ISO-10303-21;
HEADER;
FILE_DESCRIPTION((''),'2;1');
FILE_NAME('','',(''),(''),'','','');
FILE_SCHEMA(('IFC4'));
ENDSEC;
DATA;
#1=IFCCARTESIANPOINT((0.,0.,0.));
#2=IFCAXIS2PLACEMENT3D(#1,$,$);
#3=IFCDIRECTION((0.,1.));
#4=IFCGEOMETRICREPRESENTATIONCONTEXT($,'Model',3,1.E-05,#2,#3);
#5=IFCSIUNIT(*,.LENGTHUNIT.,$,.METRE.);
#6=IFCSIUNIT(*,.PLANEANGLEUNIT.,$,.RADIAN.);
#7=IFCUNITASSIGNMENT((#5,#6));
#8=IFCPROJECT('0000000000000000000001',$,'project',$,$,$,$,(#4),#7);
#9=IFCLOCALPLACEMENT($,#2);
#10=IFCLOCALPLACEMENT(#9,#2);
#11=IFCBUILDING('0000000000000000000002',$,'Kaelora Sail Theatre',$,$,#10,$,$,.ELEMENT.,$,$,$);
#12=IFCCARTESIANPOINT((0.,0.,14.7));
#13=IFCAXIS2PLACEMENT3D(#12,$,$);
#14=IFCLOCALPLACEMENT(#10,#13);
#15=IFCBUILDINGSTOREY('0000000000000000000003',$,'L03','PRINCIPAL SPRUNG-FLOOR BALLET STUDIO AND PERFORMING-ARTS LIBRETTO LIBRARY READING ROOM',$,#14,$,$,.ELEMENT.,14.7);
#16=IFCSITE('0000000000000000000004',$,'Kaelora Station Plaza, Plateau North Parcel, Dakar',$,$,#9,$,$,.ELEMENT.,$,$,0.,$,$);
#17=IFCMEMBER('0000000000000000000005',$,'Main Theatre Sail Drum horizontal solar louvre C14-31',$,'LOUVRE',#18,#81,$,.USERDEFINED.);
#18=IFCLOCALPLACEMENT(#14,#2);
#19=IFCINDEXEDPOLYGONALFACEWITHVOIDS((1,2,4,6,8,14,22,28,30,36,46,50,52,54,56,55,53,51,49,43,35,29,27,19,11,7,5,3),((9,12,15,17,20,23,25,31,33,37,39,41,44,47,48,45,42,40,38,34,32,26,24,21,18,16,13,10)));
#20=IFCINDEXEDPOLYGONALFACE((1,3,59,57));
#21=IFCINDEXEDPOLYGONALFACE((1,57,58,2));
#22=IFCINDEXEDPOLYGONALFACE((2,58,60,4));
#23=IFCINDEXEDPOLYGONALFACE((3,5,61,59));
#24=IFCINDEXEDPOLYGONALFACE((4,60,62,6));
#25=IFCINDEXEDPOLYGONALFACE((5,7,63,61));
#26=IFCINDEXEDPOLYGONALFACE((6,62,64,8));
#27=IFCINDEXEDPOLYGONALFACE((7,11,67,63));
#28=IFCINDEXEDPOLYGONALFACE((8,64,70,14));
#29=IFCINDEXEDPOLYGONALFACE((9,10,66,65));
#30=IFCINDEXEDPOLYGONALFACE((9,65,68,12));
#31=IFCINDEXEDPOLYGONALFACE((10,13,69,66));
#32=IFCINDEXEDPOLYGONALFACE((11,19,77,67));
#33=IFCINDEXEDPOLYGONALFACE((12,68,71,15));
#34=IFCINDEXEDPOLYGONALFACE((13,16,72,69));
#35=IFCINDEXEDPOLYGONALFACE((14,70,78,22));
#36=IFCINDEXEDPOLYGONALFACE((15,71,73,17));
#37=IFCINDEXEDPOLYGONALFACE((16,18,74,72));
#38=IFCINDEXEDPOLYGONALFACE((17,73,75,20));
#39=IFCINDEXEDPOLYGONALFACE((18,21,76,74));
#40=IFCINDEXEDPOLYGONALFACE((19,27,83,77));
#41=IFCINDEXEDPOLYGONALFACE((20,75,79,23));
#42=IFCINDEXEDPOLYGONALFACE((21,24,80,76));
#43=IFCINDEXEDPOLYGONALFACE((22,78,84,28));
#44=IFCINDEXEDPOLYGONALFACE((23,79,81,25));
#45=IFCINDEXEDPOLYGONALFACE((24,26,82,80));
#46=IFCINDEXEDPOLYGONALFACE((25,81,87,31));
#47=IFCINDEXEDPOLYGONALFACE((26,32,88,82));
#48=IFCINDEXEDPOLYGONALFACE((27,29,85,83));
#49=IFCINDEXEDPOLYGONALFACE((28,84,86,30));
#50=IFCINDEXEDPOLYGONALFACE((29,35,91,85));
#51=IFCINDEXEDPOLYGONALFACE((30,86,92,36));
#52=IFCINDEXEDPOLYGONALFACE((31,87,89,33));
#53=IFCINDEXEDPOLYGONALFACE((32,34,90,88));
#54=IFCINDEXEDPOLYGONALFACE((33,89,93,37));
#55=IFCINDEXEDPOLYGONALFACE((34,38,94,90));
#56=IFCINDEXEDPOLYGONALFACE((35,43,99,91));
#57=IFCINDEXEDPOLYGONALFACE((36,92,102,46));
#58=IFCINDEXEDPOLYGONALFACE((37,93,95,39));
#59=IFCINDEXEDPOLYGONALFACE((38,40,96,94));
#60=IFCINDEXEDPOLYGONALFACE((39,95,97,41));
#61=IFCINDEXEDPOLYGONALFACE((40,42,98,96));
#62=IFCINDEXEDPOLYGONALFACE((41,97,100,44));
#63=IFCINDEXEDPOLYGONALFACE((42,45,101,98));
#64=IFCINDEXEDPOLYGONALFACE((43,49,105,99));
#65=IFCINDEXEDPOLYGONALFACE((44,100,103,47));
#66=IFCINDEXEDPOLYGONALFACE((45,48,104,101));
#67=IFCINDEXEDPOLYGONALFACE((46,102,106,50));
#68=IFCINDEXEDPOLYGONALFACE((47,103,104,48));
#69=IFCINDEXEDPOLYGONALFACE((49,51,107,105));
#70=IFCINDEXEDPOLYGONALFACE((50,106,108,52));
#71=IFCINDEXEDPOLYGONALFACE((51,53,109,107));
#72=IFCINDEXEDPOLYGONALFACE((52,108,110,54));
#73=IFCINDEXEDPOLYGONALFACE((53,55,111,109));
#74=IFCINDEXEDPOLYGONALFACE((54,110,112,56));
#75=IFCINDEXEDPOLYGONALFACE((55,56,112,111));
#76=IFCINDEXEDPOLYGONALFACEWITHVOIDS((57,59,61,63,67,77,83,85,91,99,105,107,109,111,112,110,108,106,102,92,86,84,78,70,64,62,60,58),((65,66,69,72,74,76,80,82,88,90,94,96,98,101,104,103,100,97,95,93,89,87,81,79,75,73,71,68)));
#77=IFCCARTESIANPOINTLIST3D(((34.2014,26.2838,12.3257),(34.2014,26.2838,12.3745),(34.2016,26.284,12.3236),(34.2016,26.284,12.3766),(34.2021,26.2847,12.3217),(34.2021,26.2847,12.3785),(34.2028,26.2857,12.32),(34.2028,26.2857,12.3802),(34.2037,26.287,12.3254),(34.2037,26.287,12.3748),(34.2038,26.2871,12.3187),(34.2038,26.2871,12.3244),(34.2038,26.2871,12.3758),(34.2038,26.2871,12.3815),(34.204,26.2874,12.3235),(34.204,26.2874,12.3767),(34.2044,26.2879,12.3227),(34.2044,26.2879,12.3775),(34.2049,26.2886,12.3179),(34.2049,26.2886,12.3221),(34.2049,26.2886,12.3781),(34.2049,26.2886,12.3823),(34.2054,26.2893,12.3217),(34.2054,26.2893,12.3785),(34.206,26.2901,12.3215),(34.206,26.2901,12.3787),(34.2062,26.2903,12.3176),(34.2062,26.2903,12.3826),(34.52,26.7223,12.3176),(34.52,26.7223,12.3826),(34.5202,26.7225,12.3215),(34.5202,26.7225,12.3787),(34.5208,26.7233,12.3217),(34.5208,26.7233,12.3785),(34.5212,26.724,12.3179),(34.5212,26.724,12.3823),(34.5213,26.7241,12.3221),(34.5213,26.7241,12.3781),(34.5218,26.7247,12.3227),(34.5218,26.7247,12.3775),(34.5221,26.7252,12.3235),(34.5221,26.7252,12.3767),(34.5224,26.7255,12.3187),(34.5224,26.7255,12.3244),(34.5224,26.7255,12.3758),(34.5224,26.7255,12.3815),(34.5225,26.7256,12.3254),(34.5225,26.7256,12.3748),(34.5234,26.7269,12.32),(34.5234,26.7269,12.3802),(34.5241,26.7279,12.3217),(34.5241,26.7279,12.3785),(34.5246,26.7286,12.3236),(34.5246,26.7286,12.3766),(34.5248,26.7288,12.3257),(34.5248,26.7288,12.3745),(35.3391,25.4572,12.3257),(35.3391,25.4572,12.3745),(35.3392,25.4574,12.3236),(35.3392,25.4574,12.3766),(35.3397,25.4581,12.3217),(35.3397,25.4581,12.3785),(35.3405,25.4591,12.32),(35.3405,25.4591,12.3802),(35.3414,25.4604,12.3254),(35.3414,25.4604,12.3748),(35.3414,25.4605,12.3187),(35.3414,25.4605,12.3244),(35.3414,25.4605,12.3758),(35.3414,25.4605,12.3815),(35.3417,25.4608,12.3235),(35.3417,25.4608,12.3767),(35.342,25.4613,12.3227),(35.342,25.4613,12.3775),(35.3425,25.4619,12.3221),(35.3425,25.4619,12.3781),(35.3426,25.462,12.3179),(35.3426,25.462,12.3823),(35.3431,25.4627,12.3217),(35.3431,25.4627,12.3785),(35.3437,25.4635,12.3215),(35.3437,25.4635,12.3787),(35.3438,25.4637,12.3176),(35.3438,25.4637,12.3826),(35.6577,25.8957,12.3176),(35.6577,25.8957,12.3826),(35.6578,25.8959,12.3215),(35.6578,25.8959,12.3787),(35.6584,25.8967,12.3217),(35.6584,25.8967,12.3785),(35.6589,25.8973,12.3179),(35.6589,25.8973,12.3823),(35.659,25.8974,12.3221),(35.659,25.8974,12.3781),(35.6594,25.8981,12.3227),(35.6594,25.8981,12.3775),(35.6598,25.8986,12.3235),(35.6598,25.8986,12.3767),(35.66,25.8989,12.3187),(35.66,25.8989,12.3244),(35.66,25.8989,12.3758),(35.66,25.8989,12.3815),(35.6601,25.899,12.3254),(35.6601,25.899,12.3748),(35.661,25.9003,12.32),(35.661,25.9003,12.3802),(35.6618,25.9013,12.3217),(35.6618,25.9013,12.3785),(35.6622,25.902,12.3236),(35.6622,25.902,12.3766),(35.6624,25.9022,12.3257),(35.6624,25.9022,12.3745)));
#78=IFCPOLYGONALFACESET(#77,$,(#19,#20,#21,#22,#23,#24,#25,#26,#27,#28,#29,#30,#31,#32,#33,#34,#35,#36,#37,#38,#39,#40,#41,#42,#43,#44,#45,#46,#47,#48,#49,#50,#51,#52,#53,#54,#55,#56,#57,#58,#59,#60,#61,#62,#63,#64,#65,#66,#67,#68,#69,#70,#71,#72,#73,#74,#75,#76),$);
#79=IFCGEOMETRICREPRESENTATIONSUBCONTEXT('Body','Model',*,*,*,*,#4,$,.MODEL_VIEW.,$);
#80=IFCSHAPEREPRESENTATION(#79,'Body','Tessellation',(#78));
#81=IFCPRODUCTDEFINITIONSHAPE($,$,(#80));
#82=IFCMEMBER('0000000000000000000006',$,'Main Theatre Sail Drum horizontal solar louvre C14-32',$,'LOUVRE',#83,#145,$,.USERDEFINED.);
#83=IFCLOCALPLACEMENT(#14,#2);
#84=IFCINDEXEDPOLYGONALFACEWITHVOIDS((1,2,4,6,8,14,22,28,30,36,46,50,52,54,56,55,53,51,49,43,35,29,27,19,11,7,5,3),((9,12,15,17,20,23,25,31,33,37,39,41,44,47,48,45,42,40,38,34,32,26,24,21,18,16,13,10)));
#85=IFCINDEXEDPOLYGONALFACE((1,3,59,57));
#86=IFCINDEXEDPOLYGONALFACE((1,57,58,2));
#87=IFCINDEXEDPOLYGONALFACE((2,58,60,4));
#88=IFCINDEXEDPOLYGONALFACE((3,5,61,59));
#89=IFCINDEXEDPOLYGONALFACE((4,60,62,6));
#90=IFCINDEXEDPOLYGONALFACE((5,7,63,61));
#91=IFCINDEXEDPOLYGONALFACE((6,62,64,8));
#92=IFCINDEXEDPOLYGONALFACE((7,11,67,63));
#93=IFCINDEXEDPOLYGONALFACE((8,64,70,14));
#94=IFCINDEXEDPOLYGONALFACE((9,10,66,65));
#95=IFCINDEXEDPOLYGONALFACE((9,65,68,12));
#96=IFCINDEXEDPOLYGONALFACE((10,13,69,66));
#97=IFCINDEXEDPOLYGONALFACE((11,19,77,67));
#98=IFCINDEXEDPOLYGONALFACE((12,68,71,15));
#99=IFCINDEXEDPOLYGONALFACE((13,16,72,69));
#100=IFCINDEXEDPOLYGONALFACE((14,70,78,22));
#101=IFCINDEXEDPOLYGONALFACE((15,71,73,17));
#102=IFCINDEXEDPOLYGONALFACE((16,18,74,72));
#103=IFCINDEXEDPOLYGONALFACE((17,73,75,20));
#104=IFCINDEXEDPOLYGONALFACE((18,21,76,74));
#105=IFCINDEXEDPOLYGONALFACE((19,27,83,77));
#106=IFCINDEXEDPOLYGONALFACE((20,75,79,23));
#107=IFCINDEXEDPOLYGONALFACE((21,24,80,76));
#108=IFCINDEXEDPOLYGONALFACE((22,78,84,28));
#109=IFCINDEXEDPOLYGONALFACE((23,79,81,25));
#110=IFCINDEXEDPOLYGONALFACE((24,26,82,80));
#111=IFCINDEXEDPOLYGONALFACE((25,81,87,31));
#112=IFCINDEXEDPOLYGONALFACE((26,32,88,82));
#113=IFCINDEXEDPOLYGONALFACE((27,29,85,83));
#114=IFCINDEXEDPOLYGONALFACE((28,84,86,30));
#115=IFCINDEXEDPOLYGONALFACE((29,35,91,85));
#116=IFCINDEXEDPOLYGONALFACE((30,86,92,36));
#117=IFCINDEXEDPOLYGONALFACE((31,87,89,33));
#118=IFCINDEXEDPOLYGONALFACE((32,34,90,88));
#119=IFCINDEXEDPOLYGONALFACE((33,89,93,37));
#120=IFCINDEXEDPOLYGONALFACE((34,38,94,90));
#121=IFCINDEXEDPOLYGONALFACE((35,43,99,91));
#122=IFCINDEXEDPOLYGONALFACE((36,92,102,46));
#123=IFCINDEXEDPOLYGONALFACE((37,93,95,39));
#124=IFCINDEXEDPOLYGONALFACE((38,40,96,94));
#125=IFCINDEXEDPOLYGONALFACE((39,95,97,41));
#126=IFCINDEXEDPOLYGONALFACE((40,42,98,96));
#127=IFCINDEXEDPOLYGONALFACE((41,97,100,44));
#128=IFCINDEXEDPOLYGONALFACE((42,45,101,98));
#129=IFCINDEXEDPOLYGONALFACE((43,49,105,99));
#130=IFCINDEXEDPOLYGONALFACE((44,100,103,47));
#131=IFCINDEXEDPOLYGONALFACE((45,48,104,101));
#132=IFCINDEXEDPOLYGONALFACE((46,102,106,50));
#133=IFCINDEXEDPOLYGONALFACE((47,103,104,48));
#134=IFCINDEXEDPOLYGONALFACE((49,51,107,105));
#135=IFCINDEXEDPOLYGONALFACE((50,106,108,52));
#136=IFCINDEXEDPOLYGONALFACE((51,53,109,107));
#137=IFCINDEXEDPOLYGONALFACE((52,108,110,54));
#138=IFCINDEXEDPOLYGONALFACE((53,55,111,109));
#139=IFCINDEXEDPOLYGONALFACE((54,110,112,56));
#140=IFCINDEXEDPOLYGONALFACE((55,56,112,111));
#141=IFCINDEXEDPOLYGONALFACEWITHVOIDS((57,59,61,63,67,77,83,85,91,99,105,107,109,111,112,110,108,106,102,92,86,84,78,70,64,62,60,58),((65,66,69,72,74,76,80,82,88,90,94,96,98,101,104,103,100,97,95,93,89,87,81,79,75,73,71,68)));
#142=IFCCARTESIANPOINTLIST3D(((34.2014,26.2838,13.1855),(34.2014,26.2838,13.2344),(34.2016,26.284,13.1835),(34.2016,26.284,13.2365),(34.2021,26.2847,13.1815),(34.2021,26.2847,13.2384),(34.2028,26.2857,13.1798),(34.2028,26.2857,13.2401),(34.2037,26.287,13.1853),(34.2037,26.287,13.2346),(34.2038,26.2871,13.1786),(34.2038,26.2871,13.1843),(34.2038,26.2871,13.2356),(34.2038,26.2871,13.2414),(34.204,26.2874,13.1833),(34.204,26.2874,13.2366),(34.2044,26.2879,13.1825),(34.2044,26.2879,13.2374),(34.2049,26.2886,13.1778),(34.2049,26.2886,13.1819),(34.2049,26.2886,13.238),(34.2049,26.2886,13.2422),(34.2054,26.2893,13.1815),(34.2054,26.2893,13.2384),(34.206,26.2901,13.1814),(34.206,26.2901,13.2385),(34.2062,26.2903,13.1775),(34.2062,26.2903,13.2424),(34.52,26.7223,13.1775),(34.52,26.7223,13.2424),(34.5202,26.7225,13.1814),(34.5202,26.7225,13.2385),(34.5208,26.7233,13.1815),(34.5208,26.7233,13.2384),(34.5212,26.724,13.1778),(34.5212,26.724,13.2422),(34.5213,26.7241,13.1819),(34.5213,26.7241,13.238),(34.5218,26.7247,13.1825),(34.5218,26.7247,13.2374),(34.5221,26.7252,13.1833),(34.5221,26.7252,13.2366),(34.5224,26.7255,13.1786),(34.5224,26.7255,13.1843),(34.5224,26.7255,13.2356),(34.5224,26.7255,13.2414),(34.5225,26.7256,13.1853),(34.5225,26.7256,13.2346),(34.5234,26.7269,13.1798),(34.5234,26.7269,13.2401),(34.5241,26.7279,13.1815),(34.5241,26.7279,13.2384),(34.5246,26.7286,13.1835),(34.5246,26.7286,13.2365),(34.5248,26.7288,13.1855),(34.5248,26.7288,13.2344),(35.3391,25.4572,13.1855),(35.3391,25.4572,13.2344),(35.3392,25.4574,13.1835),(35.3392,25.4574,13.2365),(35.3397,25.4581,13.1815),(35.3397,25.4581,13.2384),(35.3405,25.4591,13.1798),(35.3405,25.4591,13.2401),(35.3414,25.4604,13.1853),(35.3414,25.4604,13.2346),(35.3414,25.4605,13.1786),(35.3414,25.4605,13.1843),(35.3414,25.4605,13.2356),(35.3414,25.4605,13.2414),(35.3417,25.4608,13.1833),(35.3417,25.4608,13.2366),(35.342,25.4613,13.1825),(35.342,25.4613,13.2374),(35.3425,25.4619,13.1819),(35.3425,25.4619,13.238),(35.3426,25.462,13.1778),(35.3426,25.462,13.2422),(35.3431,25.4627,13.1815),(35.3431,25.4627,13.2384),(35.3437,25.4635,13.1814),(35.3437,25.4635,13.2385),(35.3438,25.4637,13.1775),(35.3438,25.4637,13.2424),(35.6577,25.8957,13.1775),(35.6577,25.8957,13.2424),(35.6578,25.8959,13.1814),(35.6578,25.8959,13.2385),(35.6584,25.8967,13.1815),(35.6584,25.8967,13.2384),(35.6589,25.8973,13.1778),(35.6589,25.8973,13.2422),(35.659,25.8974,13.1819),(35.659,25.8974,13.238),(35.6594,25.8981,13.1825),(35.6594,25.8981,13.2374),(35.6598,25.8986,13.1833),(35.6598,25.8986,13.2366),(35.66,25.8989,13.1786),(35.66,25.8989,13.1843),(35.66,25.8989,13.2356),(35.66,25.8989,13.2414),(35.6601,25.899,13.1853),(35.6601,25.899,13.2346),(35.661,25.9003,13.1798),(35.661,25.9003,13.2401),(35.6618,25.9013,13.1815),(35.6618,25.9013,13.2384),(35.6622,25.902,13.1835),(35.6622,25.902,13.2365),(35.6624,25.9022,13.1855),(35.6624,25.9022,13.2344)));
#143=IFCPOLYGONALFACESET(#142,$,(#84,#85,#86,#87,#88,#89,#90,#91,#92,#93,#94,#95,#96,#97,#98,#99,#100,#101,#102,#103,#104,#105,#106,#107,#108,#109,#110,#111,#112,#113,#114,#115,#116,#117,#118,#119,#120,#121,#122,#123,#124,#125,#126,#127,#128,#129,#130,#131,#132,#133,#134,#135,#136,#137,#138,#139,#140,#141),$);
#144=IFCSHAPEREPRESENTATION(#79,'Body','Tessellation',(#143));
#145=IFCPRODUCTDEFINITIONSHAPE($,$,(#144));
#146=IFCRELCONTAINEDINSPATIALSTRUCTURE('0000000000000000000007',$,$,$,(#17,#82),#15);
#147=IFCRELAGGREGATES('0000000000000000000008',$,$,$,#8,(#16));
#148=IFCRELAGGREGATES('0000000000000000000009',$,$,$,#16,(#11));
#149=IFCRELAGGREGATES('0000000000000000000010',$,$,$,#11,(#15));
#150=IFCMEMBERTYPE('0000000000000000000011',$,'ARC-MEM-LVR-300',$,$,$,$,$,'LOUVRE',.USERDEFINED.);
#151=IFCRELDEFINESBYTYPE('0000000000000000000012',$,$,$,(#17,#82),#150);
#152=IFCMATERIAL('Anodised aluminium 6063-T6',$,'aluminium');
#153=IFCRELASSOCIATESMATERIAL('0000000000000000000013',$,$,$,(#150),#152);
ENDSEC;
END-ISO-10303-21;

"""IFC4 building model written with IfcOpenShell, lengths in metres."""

from ifc_helpers import new_model, si_unit, direction, frame, origin, origin_2d, place, context, subcontext, project, spatial, hollow_rectangle, extrude, material, material_profile, profile_set, type_object, element, save


model = new_model("IFC4")

# Units and contexts
model_context = context("Model", 3, precision=1e-05, world=origin(), true_north=direction((0.0, 1.0)))
body_context = subcontext(model_context, "Body", "Model", "MODEL_VIEW")
ifc_project = project(units=[si_unit("LENGTHUNIT", "METRE"), si_unit("PLANEANGLEUNIT", "RADIAN")], contexts=[model_context])

# Site, building, storey
site_placement = place(None, origin())
site = spatial("IfcSite", under=ifc_project, at=site_placement, Name="Kaelora Station Plaza, Plateau North Parcel, Dakar", CompositionType="ELEMENT", RefElevation=0.0)
building_placement = place(site_placement, origin())
building = spatial("IfcBuilding", under=site, at=building_placement, Name="Kaelora Sail Theatre", CompositionType="ELEMENT")
storey_placement = place(building_placement, frame((0.0, 0.0, 14.7)))
storey = spatial("IfcBuildingStorey", under=building, at=storey_placement, Name="L03", Description="PRINCIPAL SPRUNG-FLOOR BALLET STUDIO AND PERFORMING-ARTS LIBRETTO LIBRARY READING ROOM", CompositionType="ELEMENT", Elevation=14.7)

# Members
ifc_material = material(Name="Anodised aluminium 6063-T6", Category="aluminium")
ifc_material_profile = material_profile(ifc_material, hollow_rectangle(XDim=0.55, YDim=0.0649, WallThickness=0.0039, InnerFilletRadius=0.0039, OuterFilletRadius=0.0081, at=origin_2d()), Name="LOUVRE 550x65x4")
ifc_profile_set = profile_set([ifc_material_profile], Name="Anodised aluminium 6063-T6")
member_type = type_object("IfcMemberType", Name="ARC-MEM-LVR-300", ElementType="LOUVRE", PredefinedType="USERDEFINED", material=ifc_profile_set)
for number, where, z_axis, x_axis, name in (
    (1, (35.5007, 25.6797, 12.3501), (-0.808991, 0.587821, 0.0), (-0.587821, -0.808991, 0.0), "Main Theatre Sail Drum horizontal solar louvre C14-31"),
    (2, (35.5007, 25.6797, 13.21), (-0.808991, 0.587821, 0.0), (-0.587821, -0.808991, 0.0), "Main Theatre Sail Drum horizontal solar louvre C14-32"),
):
    element("IfcMember", number, at=place(storey_placement, frame(where, z_axis=z_axis, x_axis=x_axis)), inside=storey, type_object=member_type, Name=name, ObjectType="LOUVRE", PredefinedType="USERDEFINED", context=body_context, shape_type="SweptSolid", body=[
        extrude(hollow_rectangle(XDim=0.55, YDim=0.0649, WallThickness=0.0039, InnerFilletRadius=0.0039, OuterFilletRadius=0.0081, at=origin_2d()), origin(), (0.0, 0.0, 1.0), 1.4062),
    ])

save(model, "model.ifc")
